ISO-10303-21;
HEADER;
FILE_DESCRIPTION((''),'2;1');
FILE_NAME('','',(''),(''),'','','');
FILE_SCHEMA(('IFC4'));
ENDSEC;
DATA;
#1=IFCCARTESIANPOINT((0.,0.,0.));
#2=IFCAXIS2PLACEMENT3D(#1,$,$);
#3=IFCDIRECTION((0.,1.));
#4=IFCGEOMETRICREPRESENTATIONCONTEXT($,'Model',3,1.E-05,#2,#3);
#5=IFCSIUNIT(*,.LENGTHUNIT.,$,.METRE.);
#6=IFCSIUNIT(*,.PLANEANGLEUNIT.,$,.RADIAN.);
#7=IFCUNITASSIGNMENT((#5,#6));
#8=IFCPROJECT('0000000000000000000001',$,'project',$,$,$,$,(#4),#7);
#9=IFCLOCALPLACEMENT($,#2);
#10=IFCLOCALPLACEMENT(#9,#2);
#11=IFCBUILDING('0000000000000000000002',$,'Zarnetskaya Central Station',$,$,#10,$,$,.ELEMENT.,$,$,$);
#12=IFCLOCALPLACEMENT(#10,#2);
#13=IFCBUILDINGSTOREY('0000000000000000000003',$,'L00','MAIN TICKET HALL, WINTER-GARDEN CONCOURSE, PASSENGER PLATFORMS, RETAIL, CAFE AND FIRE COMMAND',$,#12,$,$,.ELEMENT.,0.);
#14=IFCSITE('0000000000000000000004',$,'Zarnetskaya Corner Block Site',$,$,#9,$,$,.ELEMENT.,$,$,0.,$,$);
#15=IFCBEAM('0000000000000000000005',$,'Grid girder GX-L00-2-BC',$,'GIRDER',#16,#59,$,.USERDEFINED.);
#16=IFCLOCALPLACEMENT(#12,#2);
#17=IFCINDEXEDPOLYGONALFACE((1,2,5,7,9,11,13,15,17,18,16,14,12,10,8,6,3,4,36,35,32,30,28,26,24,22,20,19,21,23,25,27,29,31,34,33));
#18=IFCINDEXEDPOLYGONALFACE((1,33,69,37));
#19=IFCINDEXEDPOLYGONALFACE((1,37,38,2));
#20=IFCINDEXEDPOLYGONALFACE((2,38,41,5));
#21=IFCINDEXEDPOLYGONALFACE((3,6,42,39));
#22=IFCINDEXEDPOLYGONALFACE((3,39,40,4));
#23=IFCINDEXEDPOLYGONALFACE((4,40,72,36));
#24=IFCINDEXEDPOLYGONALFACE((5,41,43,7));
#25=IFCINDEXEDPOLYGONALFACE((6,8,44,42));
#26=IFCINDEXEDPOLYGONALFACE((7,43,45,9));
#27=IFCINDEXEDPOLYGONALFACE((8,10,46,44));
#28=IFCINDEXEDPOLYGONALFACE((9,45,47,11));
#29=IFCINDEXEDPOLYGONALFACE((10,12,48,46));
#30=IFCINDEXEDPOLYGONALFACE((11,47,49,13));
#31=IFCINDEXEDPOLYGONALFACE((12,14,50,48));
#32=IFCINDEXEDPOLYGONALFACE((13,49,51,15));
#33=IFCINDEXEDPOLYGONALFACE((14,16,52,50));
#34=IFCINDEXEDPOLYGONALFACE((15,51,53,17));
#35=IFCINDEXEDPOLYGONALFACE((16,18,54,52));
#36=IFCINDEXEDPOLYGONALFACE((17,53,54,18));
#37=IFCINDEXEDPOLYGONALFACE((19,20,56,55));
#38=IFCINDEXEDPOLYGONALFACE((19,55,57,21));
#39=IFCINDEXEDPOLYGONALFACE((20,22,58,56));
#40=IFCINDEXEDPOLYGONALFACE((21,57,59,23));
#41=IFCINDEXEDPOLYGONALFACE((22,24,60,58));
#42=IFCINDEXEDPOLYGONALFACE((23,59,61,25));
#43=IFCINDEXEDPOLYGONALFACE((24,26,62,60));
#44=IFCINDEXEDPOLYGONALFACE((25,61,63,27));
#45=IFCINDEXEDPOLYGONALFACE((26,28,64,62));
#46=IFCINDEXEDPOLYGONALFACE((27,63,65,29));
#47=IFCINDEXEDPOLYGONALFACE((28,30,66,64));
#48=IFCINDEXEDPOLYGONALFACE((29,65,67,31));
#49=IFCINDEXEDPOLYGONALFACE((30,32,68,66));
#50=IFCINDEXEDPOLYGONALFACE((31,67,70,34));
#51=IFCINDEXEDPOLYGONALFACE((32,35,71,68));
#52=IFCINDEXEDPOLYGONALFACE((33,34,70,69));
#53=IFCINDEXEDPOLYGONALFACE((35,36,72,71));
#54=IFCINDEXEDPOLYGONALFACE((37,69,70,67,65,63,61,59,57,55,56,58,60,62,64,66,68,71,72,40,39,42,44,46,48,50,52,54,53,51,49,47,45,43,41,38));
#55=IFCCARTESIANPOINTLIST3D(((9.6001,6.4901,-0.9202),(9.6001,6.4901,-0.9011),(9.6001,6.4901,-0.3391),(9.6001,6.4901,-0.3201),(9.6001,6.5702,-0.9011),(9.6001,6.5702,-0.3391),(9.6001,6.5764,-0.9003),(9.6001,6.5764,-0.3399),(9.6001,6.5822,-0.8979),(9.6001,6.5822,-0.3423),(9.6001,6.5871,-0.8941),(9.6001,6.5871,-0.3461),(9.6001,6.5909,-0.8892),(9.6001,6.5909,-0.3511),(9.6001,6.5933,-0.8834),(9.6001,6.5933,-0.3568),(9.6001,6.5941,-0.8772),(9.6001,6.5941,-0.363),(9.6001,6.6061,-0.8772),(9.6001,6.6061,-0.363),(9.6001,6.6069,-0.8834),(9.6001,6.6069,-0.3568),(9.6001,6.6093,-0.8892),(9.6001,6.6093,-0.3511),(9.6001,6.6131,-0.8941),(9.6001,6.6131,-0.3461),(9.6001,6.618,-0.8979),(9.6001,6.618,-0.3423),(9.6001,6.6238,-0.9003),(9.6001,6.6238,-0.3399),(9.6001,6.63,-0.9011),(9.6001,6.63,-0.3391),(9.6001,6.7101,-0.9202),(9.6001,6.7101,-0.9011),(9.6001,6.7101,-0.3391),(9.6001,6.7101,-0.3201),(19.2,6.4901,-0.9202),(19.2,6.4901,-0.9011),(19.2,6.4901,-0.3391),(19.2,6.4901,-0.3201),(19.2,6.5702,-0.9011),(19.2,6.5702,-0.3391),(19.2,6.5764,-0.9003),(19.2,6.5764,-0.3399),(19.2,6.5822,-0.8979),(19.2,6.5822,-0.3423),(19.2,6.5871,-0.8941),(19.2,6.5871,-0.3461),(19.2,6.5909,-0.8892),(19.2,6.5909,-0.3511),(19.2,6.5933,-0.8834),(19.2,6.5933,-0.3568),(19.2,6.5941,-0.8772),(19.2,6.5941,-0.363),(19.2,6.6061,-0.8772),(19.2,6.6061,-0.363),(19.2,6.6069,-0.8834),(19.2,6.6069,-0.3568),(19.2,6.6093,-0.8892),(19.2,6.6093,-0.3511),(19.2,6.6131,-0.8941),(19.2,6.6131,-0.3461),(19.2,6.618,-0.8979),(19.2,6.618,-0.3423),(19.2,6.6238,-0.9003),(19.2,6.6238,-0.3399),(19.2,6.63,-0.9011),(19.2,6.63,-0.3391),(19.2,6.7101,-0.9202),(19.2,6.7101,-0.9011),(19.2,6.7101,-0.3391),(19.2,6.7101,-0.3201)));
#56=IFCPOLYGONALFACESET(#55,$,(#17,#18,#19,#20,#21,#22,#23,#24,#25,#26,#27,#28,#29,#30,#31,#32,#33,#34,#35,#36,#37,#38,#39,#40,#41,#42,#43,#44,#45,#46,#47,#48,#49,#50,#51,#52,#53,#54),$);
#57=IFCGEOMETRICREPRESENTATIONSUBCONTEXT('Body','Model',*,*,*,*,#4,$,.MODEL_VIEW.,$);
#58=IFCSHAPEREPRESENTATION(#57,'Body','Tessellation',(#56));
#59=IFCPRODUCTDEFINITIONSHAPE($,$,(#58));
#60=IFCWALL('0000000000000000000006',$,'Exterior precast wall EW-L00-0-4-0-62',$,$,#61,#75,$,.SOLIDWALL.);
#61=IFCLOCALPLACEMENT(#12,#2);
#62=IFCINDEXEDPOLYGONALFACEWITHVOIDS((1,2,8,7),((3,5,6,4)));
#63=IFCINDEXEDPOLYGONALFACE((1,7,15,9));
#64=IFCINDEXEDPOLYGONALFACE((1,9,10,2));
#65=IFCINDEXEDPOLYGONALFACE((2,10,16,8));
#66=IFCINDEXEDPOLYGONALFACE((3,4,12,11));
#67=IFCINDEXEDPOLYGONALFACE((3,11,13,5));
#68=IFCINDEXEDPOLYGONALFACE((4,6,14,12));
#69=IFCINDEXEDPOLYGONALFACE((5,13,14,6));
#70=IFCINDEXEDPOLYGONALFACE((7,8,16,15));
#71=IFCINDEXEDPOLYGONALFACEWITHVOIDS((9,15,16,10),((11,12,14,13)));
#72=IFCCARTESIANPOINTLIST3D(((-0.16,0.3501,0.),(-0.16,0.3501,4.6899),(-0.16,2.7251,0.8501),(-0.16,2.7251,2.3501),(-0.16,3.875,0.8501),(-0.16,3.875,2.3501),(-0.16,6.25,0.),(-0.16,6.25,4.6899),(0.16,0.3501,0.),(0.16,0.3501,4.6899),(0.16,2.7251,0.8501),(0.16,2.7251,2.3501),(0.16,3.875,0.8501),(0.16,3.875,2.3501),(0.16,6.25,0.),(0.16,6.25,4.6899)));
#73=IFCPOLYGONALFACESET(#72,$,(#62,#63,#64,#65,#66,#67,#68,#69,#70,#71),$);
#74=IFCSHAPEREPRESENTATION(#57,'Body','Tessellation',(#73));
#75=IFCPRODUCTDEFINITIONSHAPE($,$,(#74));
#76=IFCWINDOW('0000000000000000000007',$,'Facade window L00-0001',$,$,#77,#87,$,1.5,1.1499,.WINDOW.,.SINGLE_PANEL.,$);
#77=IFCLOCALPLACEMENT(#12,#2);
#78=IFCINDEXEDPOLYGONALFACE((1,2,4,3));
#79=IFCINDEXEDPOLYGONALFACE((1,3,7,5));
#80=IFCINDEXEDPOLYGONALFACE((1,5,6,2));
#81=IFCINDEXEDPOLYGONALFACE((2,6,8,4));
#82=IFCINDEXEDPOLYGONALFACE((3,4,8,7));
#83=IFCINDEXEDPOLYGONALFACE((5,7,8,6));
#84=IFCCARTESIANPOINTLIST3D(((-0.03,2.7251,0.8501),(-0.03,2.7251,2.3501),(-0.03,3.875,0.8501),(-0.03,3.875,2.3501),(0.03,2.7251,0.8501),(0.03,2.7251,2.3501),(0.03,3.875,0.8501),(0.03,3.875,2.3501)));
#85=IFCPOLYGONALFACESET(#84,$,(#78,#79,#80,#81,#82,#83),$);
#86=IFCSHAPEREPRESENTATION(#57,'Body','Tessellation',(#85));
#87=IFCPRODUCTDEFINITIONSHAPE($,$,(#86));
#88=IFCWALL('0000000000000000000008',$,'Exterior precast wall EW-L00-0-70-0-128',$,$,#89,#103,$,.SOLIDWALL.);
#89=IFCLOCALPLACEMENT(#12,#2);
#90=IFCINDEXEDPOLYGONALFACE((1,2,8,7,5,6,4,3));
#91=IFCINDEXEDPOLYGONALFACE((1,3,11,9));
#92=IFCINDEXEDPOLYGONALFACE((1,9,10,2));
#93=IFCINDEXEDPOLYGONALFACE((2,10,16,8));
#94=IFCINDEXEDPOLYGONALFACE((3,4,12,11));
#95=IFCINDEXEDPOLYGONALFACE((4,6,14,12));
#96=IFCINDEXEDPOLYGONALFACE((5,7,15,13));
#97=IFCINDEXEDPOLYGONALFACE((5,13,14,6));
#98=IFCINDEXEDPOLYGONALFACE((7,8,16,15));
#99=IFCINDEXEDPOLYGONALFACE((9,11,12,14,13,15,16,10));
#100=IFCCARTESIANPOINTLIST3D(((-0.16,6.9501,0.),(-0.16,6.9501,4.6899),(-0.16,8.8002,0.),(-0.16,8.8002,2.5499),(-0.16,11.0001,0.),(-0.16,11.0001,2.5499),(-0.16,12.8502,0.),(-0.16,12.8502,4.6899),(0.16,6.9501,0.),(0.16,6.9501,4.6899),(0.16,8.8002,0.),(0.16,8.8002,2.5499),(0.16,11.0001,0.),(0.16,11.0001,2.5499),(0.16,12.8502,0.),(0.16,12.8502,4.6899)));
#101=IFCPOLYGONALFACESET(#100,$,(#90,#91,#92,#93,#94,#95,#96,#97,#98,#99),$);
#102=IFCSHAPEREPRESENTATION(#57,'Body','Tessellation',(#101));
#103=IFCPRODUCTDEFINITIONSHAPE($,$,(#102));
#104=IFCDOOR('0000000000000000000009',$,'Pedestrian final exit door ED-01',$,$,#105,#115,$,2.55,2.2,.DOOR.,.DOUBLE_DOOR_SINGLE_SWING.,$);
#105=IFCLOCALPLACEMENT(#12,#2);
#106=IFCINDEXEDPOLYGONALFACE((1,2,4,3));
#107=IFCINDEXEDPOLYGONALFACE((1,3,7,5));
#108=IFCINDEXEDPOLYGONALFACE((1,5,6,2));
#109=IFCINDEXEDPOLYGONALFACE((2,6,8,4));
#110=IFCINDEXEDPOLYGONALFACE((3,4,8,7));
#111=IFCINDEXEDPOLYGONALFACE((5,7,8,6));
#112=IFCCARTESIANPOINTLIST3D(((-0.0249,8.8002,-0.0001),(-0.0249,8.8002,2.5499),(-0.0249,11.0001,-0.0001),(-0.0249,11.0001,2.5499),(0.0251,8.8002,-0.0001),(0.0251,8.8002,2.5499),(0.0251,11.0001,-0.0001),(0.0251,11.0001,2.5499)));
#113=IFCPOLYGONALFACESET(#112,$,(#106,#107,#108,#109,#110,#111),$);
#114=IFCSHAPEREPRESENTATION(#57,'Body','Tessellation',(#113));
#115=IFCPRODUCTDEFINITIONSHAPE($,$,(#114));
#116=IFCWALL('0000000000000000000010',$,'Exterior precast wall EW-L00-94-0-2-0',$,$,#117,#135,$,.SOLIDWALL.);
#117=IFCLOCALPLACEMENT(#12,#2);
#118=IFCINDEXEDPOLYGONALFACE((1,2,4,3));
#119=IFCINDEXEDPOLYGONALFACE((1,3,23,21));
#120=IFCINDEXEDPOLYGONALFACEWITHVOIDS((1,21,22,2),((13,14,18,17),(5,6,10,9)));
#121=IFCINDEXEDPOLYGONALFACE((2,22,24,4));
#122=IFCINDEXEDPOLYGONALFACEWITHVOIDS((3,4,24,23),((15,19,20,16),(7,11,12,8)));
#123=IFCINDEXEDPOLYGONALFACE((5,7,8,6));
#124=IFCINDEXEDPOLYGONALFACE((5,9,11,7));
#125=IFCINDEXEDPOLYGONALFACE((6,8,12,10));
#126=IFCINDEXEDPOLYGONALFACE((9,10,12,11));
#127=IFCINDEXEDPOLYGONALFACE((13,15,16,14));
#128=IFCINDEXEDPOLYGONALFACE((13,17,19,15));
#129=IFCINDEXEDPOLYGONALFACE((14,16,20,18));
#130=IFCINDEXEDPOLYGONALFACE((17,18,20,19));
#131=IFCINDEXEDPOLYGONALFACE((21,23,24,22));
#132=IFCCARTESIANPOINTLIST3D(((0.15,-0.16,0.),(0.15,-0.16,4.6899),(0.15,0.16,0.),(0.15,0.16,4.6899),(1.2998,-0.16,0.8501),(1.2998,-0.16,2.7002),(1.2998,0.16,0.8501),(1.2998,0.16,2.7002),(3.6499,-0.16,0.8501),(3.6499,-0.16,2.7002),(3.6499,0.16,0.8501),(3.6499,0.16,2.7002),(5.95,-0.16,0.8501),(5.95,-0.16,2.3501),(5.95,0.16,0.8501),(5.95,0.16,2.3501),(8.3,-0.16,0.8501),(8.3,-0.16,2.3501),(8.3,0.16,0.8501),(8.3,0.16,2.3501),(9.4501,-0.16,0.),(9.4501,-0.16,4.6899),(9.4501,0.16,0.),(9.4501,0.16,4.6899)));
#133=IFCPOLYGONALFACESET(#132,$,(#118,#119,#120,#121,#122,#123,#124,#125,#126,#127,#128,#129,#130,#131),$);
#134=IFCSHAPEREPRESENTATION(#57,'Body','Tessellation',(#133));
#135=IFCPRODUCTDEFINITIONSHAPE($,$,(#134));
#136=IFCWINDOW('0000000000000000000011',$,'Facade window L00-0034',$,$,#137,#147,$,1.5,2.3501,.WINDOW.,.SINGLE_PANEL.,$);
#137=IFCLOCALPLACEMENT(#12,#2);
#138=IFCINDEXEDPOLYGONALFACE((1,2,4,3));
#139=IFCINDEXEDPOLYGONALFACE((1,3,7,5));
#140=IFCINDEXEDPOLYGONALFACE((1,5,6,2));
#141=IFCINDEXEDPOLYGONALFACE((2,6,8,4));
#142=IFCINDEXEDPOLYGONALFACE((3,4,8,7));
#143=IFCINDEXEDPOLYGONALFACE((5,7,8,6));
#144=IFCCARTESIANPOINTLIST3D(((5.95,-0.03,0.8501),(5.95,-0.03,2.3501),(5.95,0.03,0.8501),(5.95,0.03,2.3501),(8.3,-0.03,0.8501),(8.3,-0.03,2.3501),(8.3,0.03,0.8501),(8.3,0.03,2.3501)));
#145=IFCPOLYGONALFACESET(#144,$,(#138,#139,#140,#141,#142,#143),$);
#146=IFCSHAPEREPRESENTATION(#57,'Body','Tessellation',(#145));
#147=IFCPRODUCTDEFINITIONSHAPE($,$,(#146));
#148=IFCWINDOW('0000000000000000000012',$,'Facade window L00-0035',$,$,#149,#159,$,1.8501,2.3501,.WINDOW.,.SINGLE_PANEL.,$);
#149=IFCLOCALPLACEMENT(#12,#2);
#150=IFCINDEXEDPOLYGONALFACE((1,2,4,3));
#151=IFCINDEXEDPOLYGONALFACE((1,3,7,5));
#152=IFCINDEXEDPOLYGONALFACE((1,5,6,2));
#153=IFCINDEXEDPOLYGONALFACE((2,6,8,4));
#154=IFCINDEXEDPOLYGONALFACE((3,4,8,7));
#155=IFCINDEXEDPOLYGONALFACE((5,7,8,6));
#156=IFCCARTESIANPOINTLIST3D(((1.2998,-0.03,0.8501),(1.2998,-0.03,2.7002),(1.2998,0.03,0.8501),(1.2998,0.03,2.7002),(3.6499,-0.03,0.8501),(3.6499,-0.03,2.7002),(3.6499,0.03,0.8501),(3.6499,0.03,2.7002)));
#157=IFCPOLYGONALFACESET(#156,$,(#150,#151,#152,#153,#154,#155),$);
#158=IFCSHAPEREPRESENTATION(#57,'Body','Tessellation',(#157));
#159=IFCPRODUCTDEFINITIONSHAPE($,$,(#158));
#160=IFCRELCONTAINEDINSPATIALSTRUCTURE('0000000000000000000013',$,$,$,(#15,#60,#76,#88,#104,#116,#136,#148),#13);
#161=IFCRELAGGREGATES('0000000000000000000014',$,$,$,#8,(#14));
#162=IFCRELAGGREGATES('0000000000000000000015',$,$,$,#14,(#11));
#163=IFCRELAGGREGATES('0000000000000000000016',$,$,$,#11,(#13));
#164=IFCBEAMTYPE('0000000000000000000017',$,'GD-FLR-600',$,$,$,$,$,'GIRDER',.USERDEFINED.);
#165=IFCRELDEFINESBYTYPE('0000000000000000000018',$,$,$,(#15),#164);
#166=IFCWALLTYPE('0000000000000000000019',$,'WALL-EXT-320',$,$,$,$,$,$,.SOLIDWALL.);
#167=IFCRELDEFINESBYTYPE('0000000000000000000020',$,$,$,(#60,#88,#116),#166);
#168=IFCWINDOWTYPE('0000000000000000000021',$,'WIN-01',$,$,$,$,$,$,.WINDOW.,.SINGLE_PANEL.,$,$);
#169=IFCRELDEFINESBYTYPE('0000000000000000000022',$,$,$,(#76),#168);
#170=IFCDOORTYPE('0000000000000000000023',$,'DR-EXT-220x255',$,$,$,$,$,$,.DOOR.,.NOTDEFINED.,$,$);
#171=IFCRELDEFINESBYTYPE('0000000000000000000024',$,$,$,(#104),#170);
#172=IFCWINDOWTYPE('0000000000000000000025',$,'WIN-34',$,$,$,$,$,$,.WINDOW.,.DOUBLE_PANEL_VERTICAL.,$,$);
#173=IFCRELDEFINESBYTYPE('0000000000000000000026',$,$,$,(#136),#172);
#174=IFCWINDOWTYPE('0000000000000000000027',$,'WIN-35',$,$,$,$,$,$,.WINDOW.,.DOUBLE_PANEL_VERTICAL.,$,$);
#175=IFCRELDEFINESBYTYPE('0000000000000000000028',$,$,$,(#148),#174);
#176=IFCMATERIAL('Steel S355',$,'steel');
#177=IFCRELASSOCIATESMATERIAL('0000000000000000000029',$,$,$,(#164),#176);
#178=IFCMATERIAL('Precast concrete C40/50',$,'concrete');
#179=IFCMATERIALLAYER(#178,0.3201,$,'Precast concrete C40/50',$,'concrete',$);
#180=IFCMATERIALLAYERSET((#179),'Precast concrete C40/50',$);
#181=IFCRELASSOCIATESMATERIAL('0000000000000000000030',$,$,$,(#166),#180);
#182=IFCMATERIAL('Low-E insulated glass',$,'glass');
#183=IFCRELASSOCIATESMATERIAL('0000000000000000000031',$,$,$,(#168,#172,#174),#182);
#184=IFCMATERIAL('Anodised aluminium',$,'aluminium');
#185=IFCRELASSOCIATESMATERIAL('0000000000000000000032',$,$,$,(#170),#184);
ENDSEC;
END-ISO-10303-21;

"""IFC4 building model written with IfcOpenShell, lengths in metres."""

from ifc_helpers import new_model, si_unit, direction, frame, frame_2d, origin, origin_2d, place, context, subcontext, project, spatial, rectangle, i_section, extrude, material, layer, layer_set, material_profile, profile_set, type_object, element, fill, save


model = new_model("IFC4")

# Units and contexts
model_context = context("Model", 3, precision=1e-05, world=origin(), true_north=direction((0.0, 1.0)))
body_context = subcontext(model_context, "Body", "Model", "MODEL_VIEW")
ifc_project = project(units=[si_unit("LENGTHUNIT", "METRE"), si_unit("PLANEANGLEUNIT", "RADIAN")], contexts=[model_context])

# Site, building, storey
site_placement = place(None, origin())
site = spatial("IfcSite", under=ifc_project, at=site_placement, Name="Zarnetskaya Corner Block Site", CompositionType="ELEMENT", RefElevation=0.0)
building_placement = place(site_placement, origin())
building = spatial("IfcBuilding", under=site, at=building_placement, Name="Zarnetskaya Central Station", CompositionType="ELEMENT")
storey_placement = place(building_placement, origin())
storey = spatial("IfcBuildingStorey", under=building, at=storey_placement, Name="L00", Description="MAIN TICKET HALL, WINTER-GARDEN CONCOURSE, PASSENGER PLATFORMS, RETAIL, CAFE AND FIRE COMMAND", CompositionType="ELEMENT", Elevation=0.0)

# Shared definitions
ifc_material_1 = material(Name="Steel S355", Category="steel")

# Beam
ifc_material_profile_1 = material_profile(ifc_material_1, i_section(OverallWidth=0.22, OverallDepth=0.6001, WebThickness=0.012, FlangeThickness=0.019, FilletRadius=0.0239, at=origin_2d()), Name="IPE 600")
ifc_profile_set_1 = profile_set([ifc_material_profile_1], Name="Steel S355")
beam_type_1 = type_object("IfcBeamType", Name="GD-FLR-600", ElementType="GIRDER", PredefinedType="USERDEFINED", material=ifc_profile_set_1)
beam_1_placement = place(storey_placement, frame((9.6001, 6.6001, -0.6201), z_axis=(1.0, 0.0, 0.0), x_axis=(0.0, 1.0, 0.0)))
element("IfcBeam", 1, at=beam_1_placement, inside=storey, type_object=beam_type_1, Name="Grid girder GX-L00-2-BC", ObjectType="GIRDER", PredefinedType="USERDEFINED", context=body_context, shape_type="SweptSolid", body=[
    extrude(i_section(OverallWidth=0.22, OverallDepth=0.6001, WebThickness=0.012, FlangeThickness=0.019, FilletRadius=0.0239, at=origin_2d()), origin(), (0.0, 0.0, 1.0), 9.5999),
])

# Shared definitions
ifc_material_2 = material(Name="Anodised aluminium", Category="aluminium")

# Wall, opening, window
ifc_material_3 = material(Name="Precast concrete C40/50", Category="concrete")
ifc_layer_1 = layer(ifc_material_3, 0.3201, Name="Precast concrete C40/50", Category="concrete")
ifc_layer_set_1 = layer_set([ifc_layer_1], Name="Precast concrete C40/50")
wall_type_1 = type_object("IfcWallType", Name="WALL-EXT-320", PredefinedType="SOLIDWALL", material=ifc_layer_set_1)
wall_1_placement = place(storey_placement, frame((0.0, 0.3501, 0.0), z_axis=(0.0, 0.0, 1.0), x_axis=(0.0, 1.0, 0.0)))
wall_1 = element("IfcWall", 2, at=wall_1_placement, inside=storey, type_object=wall_type_1, Name="Exterior precast wall EW-L00-0-4-0-62", PredefinedType="SOLIDWALL", context=body_context, shape_type="SweptSolid", body=[
    extrude(rectangle(XDim=5.8999, YDim=0.3201, at=frame_2d((2.95, 0.0))), origin(), (0.0, 0.0, 1.0), 4.6899),
])
opening_1_placement = place(wall_1_placement, frame((2.375, 0.0, 0.8501)))
opening_1 = element("IfcOpeningElement", 3, at=opening_1_placement, cuts=wall_1, PredefinedType="OPENING", context=body_context, shape_type="SweptSolid", body=[
    extrude(rectangle(XDim=1.1499, YDim=1.5, at=frame_2d((0.575, 0.75))), frame((0.0, 0.1699, 0.0), z_axis=(0.0, -1.0, 0.0), x_axis=(1.0, 0.0, 0.0)), (0.0, 0.0, 1.0), 0.3401),
])
ifc_material_4 = material(Name="Low-E insulated glass", Category="glass")
window_type_1 = type_object("IfcWindowType", Name="WIN-01", PartitioningType="SINGLE_PANEL", PredefinedType="WINDOW", material=ifc_material_4)
window_1_placement = place(opening_1_placement, origin())
window_1 = element("IfcWindow", 4, at=window_1_placement, inside=storey, type_object=window_type_1, Name="Facade window L00-0001", OverallHeight=1.5, OverallWidth=1.1499, PartitioningType="SINGLE_PANEL", PredefinedType="WINDOW", context=body_context, shape_type="SweptSolid", body=[
    extrude(rectangle(XDim=1.1499, YDim=1.5, at=frame_2d((0.575, 0.75))), frame((0.0, 0.03, 0.0), z_axis=(0.0, -1.0, 0.0), x_axis=(1.0, 0.0, 0.0)), (0.0, 0.0, 1.0), 0.0601),
])
fill(opening_1, window_1)

# Wall, opening, door
wall_2_placement = place(storey_placement, frame((0.0, 6.95, 0.0), z_axis=(0.0, 0.0, 1.0), x_axis=(0.0, 1.0, 0.0)))
wall_2 = element("IfcWall", 5, at=wall_2_placement, inside=storey, type_object=wall_type_1, Name="Exterior precast wall EW-L00-0-70-0-128", PredefinedType="SOLIDWALL", context=body_context, shape_type="SweptSolid", body=[
    extrude(rectangle(XDim=5.9001, YDim=0.3201, at=frame_2d((2.9502, 0.0))), origin(), (0.0, 0.0, 1.0), 4.6899),
])
opening_2_placement = place(wall_2_placement, frame((1.8501, 0.0, 0.0)))
opening_2 = element("IfcOpeningElement", 6, at=opening_2_placement, cuts=wall_2, PredefinedType="OPENING", context=body_context, shape_type="SweptSolid", body=[
    extrude(rectangle(XDim=2.2, YDim=2.55, at=frame_2d((1.1001, 1.2749))), frame((0.0, 0.1699, 0.0), z_axis=(0.0, -1.0, 0.0), x_axis=(1.0, 0.0, 0.0)), (0.0, 0.0, 1.0), 0.3401),
])
door_type_1 = type_object("IfcDoorType", Name="DR-EXT-220x255", OperationType="NOTDEFINED", PredefinedType="DOOR", material=ifc_material_2)
door_1_placement = place(opening_2_placement, origin())
door_1 = element("IfcDoor", 7, at=door_1_placement, inside=storey, type_object=door_type_1, Name="Pedestrian final exit door ED-01", OperationType="DOUBLE_DOOR_SINGLE_SWING", OverallHeight=2.55, OverallWidth=2.2, PredefinedType="DOOR", context=body_context, shape_type="SweptSolid", body=[
    extrude(rectangle(XDim=2.2, YDim=2.55, at=frame_2d((1.1001, 1.2749))), frame((0.0, 0.0249, 0.0), z_axis=(0.0, -1.0, 0.0), x_axis=(1.0, 0.0, 0.0)), (0.0, 0.0, 1.0), 0.05),
])
fill(opening_2, door_1)

# Wall, openings, windows
wall_3_placement = place(storey_placement, frame((9.45, 0.0, 0.0), z_axis=(0.0, 0.0, 1.0), x_axis=(-1.0, 0.0, 0.0)))
wall_3 = element("IfcWall", 8, at=wall_3_placement, inside=storey, type_object=wall_type_1, Name="Exterior precast wall EW-L00-94-0-2-0", PredefinedType="SOLIDWALL", context=body_context, shape_type="SweptSolid", body=[
    extrude(rectangle(XDim=9.3, YDim=0.3201, at=frame_2d((4.6499, 0.0))), origin(), (0.0, 0.0, 1.0), 4.6899),
])
opening_3_placement = place(wall_3_placement, frame((1.1499, 0.0, 0.8501)))
opening_3 = element("IfcOpeningElement", 9, at=opening_3_placement, cuts=wall_3, PredefinedType="OPENING", context=body_context, shape_type="SweptSolid", body=[
    extrude(rectangle(XDim=2.3501, YDim=1.5, at=frame_2d((1.175, 0.75))), frame((0.0, 0.1699, 0.0), z_axis=(0.0, -1.0, 0.0), x_axis=(1.0, 0.0, 0.0)), (0.0, 0.0, 1.0), 0.3401),
])
opening_4_placement = place(wall_3_placement, frame((5.8, 0.0, 0.8501)))
opening_4 = element("IfcOpeningElement", 10, at=opening_4_placement, cuts=wall_3, PredefinedType="OPENING", context=body_context, shape_type="SweptSolid", body=[
    extrude(rectangle(XDim=2.3501, YDim=1.8501, at=frame_2d((1.175, 0.925))), frame((0.0, 0.1699, 0.0), z_axis=(0.0, -1.0, 0.0), x_axis=(1.0, 0.0, 0.0)), (0.0, 0.0, 1.0), 0.3401),
])
window_type_2 = type_object("IfcWindowType", Name="WIN-34", PartitioningType="DOUBLE_PANEL_VERTICAL", PredefinedType="WINDOW", material=ifc_material_4)
window_2_placement = place(opening_3_placement, origin())
window_2 = element("IfcWindow", 11, at=window_2_placement, inside=storey, type_object=window_type_2, Name="Facade window L00-0034", OverallHeight=1.5, OverallWidth=2.3501, PartitioningType="SINGLE_PANEL", PredefinedType="WINDOW", context=body_context, shape_type="SweptSolid", body=[
    extrude(rectangle(XDim=2.3501, YDim=1.5, at=frame_2d((1.175, 0.75))), frame((0.0, 0.03, 0.0), z_axis=(0.0, -1.0, 0.0), x_axis=(1.0, 0.0, 0.0)), (0.0, 0.0, 1.0), 0.0601),
])
fill(opening_3, window_2)
window_type_3 = type_object("IfcWindowType", Name="WIN-35", PartitioningType="DOUBLE_PANEL_VERTICAL", PredefinedType="WINDOW", material=ifc_material_4)
window_3_placement = place(opening_4_placement, origin())
window_3 = element("IfcWindow", 12, at=window_3_placement, inside=storey, type_object=window_type_3, Name="Facade window L00-0035", OverallHeight=1.8501, OverallWidth=2.3501, PartitioningType="SINGLE_PANEL", PredefinedType="WINDOW", context=body_context, shape_type="SweptSolid", body=[
    extrude(rectangle(XDim=2.3501, YDim=1.8501, at=frame_2d((1.175, 0.925))), frame((0.0, 0.03, 0.0), z_axis=(0.0, -1.0, 0.0), x_axis=(1.0, 0.0, 0.0)), (0.0, 0.0, 1.0), 0.0601),
])
fill(opening_4, window_3)

save(model, "model.ifc")
